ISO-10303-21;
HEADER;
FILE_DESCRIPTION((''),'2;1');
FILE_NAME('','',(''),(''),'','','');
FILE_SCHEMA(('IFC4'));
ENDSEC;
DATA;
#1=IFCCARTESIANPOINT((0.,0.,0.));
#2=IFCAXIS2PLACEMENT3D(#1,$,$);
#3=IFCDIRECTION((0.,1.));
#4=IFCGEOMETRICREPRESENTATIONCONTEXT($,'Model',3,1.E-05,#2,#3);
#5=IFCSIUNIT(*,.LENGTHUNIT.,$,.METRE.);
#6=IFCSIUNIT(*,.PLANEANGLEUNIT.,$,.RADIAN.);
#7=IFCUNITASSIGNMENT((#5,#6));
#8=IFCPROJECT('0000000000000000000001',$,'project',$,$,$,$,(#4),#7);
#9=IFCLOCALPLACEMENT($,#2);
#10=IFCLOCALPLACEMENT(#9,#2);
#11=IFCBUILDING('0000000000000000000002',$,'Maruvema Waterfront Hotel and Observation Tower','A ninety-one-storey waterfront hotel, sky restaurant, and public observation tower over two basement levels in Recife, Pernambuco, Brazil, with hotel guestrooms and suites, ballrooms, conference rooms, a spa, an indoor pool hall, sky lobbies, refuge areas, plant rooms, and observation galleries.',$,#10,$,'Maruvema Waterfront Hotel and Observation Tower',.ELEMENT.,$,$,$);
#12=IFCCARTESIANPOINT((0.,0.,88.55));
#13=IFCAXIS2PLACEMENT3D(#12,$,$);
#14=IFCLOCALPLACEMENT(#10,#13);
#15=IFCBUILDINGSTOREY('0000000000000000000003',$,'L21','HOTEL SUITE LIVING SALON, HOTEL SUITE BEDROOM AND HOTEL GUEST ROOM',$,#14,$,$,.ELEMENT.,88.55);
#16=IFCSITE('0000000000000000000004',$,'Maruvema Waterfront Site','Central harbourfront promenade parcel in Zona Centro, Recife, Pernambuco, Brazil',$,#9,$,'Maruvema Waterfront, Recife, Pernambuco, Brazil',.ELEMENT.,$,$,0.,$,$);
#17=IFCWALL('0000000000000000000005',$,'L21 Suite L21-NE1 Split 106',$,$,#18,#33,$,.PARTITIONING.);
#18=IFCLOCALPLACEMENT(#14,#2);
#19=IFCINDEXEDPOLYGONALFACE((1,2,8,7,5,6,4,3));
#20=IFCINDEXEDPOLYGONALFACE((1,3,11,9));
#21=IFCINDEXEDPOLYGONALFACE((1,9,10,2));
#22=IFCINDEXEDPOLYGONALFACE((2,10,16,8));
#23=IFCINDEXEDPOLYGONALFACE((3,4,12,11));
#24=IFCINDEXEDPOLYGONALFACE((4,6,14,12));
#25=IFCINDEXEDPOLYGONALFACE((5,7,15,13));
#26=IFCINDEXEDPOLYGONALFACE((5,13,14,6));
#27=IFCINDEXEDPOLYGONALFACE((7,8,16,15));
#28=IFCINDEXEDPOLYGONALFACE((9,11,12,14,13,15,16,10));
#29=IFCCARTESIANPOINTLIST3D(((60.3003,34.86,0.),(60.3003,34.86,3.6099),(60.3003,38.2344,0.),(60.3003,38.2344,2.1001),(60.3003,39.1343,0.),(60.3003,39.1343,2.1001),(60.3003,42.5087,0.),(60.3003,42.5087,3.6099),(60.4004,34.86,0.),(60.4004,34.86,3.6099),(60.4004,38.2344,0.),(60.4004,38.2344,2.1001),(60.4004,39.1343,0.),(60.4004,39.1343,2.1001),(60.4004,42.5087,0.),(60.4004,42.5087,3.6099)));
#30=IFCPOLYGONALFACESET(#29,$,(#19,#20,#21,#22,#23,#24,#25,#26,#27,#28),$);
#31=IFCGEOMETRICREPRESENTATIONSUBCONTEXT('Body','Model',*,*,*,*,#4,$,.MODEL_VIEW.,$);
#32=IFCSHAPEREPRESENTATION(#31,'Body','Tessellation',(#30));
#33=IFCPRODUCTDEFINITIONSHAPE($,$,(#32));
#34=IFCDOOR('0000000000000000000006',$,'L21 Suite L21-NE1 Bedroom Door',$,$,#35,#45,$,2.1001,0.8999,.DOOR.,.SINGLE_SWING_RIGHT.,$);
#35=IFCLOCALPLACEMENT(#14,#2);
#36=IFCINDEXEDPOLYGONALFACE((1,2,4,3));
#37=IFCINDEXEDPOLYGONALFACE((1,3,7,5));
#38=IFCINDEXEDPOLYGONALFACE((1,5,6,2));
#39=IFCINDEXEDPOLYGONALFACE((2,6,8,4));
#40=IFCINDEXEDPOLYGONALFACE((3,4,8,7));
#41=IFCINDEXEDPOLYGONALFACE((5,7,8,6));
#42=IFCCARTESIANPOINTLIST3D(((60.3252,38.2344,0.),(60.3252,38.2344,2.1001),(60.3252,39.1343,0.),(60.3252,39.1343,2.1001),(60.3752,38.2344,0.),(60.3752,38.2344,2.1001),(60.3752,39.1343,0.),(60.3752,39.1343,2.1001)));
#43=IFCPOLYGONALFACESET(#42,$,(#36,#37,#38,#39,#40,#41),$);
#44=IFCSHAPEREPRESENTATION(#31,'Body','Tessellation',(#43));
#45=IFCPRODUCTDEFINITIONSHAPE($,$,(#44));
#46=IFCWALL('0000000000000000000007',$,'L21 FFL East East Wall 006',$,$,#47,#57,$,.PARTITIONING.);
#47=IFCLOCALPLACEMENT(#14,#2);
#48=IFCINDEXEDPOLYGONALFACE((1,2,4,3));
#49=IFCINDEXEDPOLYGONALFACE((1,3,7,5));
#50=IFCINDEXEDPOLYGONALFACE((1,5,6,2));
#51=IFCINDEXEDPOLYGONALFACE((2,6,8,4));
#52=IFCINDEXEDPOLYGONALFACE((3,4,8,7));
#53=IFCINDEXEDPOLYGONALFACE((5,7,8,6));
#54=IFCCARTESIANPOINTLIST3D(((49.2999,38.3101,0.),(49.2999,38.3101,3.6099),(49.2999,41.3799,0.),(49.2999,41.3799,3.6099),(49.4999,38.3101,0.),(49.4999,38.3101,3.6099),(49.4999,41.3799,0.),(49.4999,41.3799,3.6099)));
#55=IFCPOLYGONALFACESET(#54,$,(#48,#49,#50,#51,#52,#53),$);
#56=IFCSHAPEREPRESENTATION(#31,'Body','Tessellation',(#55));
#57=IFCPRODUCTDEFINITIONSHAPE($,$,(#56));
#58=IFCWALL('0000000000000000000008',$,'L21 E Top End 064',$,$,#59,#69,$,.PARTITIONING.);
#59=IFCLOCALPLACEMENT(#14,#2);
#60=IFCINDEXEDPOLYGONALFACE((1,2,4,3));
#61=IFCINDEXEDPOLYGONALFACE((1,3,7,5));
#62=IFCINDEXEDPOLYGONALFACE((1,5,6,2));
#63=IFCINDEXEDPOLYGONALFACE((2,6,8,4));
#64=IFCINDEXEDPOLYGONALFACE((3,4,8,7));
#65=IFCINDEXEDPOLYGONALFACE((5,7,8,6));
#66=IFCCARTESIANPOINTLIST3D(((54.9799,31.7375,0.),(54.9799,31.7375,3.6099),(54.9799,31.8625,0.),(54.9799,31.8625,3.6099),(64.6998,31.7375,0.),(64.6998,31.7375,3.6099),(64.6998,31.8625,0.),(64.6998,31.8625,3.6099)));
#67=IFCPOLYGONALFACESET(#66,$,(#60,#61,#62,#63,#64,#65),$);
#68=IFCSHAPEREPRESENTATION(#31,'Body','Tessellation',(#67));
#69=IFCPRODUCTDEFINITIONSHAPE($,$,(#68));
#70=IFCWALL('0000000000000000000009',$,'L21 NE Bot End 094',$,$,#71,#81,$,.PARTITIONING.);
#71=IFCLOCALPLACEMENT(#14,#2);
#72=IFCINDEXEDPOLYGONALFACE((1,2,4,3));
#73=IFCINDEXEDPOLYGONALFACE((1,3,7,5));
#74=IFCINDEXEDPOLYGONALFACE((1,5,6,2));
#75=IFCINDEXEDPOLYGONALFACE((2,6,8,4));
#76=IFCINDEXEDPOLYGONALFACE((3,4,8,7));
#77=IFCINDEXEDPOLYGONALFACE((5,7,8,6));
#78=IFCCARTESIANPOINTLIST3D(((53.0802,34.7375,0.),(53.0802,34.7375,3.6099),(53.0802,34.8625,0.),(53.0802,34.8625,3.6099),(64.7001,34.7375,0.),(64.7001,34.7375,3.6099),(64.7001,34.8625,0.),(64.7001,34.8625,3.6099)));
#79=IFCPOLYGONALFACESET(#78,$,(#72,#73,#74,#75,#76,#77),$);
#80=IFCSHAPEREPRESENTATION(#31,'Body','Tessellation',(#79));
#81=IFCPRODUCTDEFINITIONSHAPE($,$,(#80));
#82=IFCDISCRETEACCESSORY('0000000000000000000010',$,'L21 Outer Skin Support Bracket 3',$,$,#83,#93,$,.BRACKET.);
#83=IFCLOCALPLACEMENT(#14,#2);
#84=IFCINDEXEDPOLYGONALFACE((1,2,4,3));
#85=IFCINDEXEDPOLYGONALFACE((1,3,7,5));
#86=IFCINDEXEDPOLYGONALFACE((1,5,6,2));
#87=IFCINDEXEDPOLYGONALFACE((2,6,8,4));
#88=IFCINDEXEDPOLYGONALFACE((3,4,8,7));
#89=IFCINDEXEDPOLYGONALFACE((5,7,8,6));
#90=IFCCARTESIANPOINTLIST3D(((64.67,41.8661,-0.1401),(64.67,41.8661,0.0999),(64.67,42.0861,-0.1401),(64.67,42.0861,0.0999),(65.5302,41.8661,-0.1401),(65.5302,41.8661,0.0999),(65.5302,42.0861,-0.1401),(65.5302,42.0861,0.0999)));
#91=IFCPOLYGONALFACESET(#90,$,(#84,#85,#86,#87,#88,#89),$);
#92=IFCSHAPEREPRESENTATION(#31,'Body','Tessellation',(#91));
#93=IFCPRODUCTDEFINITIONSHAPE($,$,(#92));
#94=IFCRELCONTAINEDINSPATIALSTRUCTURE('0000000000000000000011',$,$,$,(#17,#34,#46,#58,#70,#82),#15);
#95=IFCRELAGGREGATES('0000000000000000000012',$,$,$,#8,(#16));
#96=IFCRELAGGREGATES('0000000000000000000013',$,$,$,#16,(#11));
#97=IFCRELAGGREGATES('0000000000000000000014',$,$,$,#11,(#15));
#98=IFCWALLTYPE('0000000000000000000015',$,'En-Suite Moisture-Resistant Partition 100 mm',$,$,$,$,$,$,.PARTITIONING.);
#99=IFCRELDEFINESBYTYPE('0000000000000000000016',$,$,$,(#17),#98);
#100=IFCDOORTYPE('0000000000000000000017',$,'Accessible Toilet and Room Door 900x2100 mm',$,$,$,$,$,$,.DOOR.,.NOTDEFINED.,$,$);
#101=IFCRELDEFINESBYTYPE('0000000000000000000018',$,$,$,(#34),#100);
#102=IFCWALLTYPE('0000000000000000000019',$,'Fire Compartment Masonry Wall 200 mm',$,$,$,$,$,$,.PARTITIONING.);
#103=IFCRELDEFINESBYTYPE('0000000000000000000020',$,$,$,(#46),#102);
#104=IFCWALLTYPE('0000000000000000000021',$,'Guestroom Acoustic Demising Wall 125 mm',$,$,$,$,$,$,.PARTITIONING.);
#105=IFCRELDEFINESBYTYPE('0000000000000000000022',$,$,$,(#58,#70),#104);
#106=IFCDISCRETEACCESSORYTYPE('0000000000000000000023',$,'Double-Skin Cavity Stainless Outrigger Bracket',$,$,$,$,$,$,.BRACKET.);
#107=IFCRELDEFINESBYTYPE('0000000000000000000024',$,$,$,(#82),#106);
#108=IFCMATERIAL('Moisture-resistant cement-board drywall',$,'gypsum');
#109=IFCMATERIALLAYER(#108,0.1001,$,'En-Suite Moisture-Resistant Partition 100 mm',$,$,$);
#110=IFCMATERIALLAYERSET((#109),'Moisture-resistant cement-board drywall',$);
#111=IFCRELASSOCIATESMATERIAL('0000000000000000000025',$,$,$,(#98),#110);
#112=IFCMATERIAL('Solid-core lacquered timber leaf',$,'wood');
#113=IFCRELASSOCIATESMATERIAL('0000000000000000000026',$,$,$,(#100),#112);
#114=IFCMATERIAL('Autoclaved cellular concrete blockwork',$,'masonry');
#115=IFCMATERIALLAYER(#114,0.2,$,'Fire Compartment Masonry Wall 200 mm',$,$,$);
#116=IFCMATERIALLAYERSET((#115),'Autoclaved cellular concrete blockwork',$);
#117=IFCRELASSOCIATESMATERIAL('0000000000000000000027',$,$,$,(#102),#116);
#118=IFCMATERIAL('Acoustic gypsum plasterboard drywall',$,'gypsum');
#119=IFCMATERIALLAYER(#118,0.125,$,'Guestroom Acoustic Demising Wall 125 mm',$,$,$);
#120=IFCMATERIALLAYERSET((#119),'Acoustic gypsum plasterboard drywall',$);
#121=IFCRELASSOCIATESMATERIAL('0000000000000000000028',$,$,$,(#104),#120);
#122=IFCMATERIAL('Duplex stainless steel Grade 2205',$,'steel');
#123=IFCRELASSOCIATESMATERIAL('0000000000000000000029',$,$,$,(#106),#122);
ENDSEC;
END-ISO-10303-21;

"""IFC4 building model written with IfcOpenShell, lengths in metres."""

from ifc_helpers import new_model, si_unit, direction, frame, frame_2d, origin, origin_2d, place, context, subcontext, project, spatial, rectangle, extrude, material, layer, layer_set, type_object, element, fill, save


model = new_model("IFC4")

# Units and contexts
model_context = context("Model", 3, precision=1e-05, world=origin(), true_north=direction((0.0, 1.0)))
body_context = subcontext(model_context, "Body", "Model", "MODEL_VIEW")
ifc_project = project(units=[si_unit("LENGTHUNIT", "METRE"), si_unit("PLANEANGLEUNIT", "RADIAN")], contexts=[model_context])

# Site, building, storey
site_placement = place(None, origin())
site = spatial("IfcSite", under=ifc_project, at=site_placement, Name="Maruvema Waterfront Site", Description="Central harbourfront promenade parcel in Zona Centro, Recife, Pernambuco, Brazil", LongName="Maruvema Waterfront, Recife, Pernambuco, Brazil", CompositionType="ELEMENT", RefElevation=0.0)
building_placement = place(site_placement, origin())
building = spatial("IfcBuilding", under=site, at=building_placement, Name="Maruvema Waterfront Hotel and Observation Tower", Description="A ninety-one-storey waterfront hotel, sky restaurant, and public observation tower over two basement levels in Recife, Pernambuco, Brazil, with hotel guestrooms and suites, ballrooms, conference rooms, a spa, an indoor pool hall, sky lobbies, refuge areas, plant rooms, and observation galleries.", LongName="Maruvema Waterfront Hotel and Observation Tower", CompositionType="ELEMENT")
storey_placement = place(building_placement, frame((0.0, 0.0, 88.55)))
storey = spatial("IfcBuildingStorey", under=building, at=storey_placement, Name="L21", Description="HOTEL SUITE LIVING SALON, HOTEL SUITE BEDROOM AND HOTEL GUEST ROOM", CompositionType="ELEMENT", Elevation=88.55)

# Shared definitions
ifc_material_1 = material(Name="Moisture-resistant cement-board drywall", Category="gypsum")
ifc_layer_1 = layer(ifc_material_1, 0.1001, Name="En-Suite Moisture-Resistant Partition 100 mm")
ifc_layer_set_1 = layer_set([ifc_layer_1], Name="Moisture-resistant cement-board drywall")
wall_type_1 = type_object("IfcWallType", Name="En-Suite Moisture-Resistant Partition 100 mm", PredefinedType="PARTITIONING", material=ifc_layer_set_1)

# Wall, opening, door
wall_1_placement = place(storey_placement, frame((60.3503, 34.8601, 0.0), z_axis=(0.0, 0.0, 1.0), x_axis=(0.0, 1.0, 0.0)))
wall_1 = element("IfcWall", 1, at=wall_1_placement, inside=storey, type_object=wall_type_1, Name="L21 Suite L21-NE1 Split 106", PredefinedType="PARTITIONING", context=body_context, shape_type="SweptSolid", body=[
    extrude(rectangle(XDim=7.6487, YDim=0.1001, at=frame_2d((3.8242, 0.0))), origin(), (0.0, 0.0, 1.0), 3.6099),
])
opening_1_placement = place(wall_1_placement, frame((3.3743, 0.0, 0.0)))
opening_1 = element("IfcOpeningElement", 2, at=opening_1_placement, cuts=wall_1, PredefinedType="OPENING", context=body_context, shape_type="SweptSolid", body=[
    extrude(rectangle(XDim=0.8999, YDim=2.1001, at=frame_2d((0.45, 1.05))), frame((0.0, 0.0601, 0.0), z_axis=(0.0, -1.0, 0.0), x_axis=(1.0, 0.0, 0.0)), (0.0, 0.0, 1.0), 0.1201),
])
ifc_material_2 = material(Name="Solid-core lacquered timber leaf", Category="wood")
door_type_1 = type_object("IfcDoorType", Name="Accessible Toilet and Room Door 900x2100 mm", OperationType="NOTDEFINED", PredefinedType="DOOR", material=ifc_material_2)
door_1_placement = place(opening_1_placement, frame((0.8999, 0.0, 0.0), z_axis=(0.0, 0.0, 1.0), x_axis=(-1.0, 0.0, 0.0)))
door_1 = element("IfcDoor", 3, at=door_1_placement, inside=storey, type_object=door_type_1, Name="L21 Suite L21-NE1 Bedroom Door", OperationType="SINGLE_SWING_RIGHT", OverallHeight=2.1001, OverallWidth=0.8999, PredefinedType="DOOR", context=body_context, shape_type="SweptSolid", body=[
    extrude(rectangle(XDim=0.8999, YDim=2.1001, at=frame_2d((0.45, 1.05))), frame((0.0, 0.0249, 0.0), z_axis=(0.0, -1.0, 0.0), x_axis=(1.0, 0.0, 0.0)), (0.0, 0.0, 1.0), 0.05),
])
fill(opening_1, door_1)

# Walls
ifc_material_3 = material(Name="Autoclaved cellular concrete blockwork", Category="masonry")
ifc_layer_2 = layer(ifc_material_3, 0.2, Name="Fire Compartment Masonry Wall 200 mm")
ifc_layer_set_2 = layer_set([ifc_layer_2], Name="Autoclaved cellular concrete blockwork")
wall_type_2 = type_object("IfcWallType", Name="Fire Compartment Masonry Wall 200 mm", PredefinedType="PARTITIONING", material=ifc_layer_set_2)
wall_2_placement = place(storey_placement, frame((49.3999, 38.3101, 0.0), z_axis=(0.0, 0.0, 1.0), x_axis=(0.0, 1.0, 0.0)))
element("IfcWall", 4, at=wall_2_placement, inside=storey, type_object=wall_type_2, Name="L21 FFL East East Wall 006", PredefinedType="PARTITIONING", context=body_context, shape_type="SweptSolid", body=[
    extrude(rectangle(XDim=3.0698, YDim=0.2, at=frame_2d((1.5349, 0.0))), origin(), (0.0, 0.0, 1.0), 3.6099),
])
ifc_material_4 = material(Name="Acoustic gypsum plasterboard drywall", Category="gypsum")
ifc_layer_3 = layer(ifc_material_4, 0.125, Name="Guestroom Acoustic Demising Wall 125 mm")
ifc_layer_set_3 = layer_set([ifc_layer_3], Name="Acoustic gypsum plasterboard drywall")
wall_type_3 = type_object("IfcWallType", Name="Guestroom Acoustic Demising Wall 125 mm", PredefinedType="PARTITIONING", material=ifc_layer_set_3)
wall_3_placement = place(storey_placement, frame((54.98, 31.8, 0.0), z_axis=(0.0, 0.0, 1.0), x_axis=(1.0, 0.0, 0.0)))
element("IfcWall", 5, at=wall_3_placement, inside=storey, type_object=wall_type_3, Name="L21 E Top End 064", PredefinedType="PARTITIONING", context=body_context, shape_type="SweptSolid", body=[
    extrude(rectangle(XDim=9.72, YDim=0.125, at=frame_2d((4.8599, 0.0))), origin(), (0.0, 0.0, 1.0), 3.6099),
])
wall_4_placement = place(storey_placement, frame((53.0801, 34.8, 0.0), z_axis=(0.0, 0.0, 1.0), x_axis=(1.0, 0.0, 0.0)))
element("IfcWall", 6, at=wall_4_placement, inside=storey, type_object=wall_type_3, Name="L21 NE Bot End 094", PredefinedType="PARTITIONING", context=body_context, shape_type="SweptSolid", body=[
    extrude(rectangle(XDim=11.6199, YDim=0.125, at=frame_2d((5.8101, 0.0))), origin(), (0.0, 0.0, 1.0), 3.6099),
])

# Discrete accessory
ifc_material_5 = material(Name="Duplex stainless steel Grade 2205", Category="steel")
discrete_accessory_type = type_object("IfcDiscreteAccessoryType", Name="Double-Skin Cavity Stainless Outrigger Bracket", PredefinedType="BRACKET", material=ifc_material_5)
discrete_accessory_placement = place(storey_placement, frame((65.1001, 41.9761, -0.1401), z_axis=(0.0, 0.0, 1.0), x_axis=(0.0, 1.0, 0.0)))
element("IfcDiscreteAccessory", 7, at=discrete_accessory_placement, inside=storey, type_object=discrete_accessory_type, Name="L21 Outer Skin Support Bracket 3", PredefinedType="BRACKET", context=body_context, shape_type="SweptSolid", body=[
    extrude(rectangle(XDim=0.22, YDim=0.8601, at=origin_2d()), origin(), (0.0, 0.0, 1.0), 0.24),
])

save(model, "model.ifc")
